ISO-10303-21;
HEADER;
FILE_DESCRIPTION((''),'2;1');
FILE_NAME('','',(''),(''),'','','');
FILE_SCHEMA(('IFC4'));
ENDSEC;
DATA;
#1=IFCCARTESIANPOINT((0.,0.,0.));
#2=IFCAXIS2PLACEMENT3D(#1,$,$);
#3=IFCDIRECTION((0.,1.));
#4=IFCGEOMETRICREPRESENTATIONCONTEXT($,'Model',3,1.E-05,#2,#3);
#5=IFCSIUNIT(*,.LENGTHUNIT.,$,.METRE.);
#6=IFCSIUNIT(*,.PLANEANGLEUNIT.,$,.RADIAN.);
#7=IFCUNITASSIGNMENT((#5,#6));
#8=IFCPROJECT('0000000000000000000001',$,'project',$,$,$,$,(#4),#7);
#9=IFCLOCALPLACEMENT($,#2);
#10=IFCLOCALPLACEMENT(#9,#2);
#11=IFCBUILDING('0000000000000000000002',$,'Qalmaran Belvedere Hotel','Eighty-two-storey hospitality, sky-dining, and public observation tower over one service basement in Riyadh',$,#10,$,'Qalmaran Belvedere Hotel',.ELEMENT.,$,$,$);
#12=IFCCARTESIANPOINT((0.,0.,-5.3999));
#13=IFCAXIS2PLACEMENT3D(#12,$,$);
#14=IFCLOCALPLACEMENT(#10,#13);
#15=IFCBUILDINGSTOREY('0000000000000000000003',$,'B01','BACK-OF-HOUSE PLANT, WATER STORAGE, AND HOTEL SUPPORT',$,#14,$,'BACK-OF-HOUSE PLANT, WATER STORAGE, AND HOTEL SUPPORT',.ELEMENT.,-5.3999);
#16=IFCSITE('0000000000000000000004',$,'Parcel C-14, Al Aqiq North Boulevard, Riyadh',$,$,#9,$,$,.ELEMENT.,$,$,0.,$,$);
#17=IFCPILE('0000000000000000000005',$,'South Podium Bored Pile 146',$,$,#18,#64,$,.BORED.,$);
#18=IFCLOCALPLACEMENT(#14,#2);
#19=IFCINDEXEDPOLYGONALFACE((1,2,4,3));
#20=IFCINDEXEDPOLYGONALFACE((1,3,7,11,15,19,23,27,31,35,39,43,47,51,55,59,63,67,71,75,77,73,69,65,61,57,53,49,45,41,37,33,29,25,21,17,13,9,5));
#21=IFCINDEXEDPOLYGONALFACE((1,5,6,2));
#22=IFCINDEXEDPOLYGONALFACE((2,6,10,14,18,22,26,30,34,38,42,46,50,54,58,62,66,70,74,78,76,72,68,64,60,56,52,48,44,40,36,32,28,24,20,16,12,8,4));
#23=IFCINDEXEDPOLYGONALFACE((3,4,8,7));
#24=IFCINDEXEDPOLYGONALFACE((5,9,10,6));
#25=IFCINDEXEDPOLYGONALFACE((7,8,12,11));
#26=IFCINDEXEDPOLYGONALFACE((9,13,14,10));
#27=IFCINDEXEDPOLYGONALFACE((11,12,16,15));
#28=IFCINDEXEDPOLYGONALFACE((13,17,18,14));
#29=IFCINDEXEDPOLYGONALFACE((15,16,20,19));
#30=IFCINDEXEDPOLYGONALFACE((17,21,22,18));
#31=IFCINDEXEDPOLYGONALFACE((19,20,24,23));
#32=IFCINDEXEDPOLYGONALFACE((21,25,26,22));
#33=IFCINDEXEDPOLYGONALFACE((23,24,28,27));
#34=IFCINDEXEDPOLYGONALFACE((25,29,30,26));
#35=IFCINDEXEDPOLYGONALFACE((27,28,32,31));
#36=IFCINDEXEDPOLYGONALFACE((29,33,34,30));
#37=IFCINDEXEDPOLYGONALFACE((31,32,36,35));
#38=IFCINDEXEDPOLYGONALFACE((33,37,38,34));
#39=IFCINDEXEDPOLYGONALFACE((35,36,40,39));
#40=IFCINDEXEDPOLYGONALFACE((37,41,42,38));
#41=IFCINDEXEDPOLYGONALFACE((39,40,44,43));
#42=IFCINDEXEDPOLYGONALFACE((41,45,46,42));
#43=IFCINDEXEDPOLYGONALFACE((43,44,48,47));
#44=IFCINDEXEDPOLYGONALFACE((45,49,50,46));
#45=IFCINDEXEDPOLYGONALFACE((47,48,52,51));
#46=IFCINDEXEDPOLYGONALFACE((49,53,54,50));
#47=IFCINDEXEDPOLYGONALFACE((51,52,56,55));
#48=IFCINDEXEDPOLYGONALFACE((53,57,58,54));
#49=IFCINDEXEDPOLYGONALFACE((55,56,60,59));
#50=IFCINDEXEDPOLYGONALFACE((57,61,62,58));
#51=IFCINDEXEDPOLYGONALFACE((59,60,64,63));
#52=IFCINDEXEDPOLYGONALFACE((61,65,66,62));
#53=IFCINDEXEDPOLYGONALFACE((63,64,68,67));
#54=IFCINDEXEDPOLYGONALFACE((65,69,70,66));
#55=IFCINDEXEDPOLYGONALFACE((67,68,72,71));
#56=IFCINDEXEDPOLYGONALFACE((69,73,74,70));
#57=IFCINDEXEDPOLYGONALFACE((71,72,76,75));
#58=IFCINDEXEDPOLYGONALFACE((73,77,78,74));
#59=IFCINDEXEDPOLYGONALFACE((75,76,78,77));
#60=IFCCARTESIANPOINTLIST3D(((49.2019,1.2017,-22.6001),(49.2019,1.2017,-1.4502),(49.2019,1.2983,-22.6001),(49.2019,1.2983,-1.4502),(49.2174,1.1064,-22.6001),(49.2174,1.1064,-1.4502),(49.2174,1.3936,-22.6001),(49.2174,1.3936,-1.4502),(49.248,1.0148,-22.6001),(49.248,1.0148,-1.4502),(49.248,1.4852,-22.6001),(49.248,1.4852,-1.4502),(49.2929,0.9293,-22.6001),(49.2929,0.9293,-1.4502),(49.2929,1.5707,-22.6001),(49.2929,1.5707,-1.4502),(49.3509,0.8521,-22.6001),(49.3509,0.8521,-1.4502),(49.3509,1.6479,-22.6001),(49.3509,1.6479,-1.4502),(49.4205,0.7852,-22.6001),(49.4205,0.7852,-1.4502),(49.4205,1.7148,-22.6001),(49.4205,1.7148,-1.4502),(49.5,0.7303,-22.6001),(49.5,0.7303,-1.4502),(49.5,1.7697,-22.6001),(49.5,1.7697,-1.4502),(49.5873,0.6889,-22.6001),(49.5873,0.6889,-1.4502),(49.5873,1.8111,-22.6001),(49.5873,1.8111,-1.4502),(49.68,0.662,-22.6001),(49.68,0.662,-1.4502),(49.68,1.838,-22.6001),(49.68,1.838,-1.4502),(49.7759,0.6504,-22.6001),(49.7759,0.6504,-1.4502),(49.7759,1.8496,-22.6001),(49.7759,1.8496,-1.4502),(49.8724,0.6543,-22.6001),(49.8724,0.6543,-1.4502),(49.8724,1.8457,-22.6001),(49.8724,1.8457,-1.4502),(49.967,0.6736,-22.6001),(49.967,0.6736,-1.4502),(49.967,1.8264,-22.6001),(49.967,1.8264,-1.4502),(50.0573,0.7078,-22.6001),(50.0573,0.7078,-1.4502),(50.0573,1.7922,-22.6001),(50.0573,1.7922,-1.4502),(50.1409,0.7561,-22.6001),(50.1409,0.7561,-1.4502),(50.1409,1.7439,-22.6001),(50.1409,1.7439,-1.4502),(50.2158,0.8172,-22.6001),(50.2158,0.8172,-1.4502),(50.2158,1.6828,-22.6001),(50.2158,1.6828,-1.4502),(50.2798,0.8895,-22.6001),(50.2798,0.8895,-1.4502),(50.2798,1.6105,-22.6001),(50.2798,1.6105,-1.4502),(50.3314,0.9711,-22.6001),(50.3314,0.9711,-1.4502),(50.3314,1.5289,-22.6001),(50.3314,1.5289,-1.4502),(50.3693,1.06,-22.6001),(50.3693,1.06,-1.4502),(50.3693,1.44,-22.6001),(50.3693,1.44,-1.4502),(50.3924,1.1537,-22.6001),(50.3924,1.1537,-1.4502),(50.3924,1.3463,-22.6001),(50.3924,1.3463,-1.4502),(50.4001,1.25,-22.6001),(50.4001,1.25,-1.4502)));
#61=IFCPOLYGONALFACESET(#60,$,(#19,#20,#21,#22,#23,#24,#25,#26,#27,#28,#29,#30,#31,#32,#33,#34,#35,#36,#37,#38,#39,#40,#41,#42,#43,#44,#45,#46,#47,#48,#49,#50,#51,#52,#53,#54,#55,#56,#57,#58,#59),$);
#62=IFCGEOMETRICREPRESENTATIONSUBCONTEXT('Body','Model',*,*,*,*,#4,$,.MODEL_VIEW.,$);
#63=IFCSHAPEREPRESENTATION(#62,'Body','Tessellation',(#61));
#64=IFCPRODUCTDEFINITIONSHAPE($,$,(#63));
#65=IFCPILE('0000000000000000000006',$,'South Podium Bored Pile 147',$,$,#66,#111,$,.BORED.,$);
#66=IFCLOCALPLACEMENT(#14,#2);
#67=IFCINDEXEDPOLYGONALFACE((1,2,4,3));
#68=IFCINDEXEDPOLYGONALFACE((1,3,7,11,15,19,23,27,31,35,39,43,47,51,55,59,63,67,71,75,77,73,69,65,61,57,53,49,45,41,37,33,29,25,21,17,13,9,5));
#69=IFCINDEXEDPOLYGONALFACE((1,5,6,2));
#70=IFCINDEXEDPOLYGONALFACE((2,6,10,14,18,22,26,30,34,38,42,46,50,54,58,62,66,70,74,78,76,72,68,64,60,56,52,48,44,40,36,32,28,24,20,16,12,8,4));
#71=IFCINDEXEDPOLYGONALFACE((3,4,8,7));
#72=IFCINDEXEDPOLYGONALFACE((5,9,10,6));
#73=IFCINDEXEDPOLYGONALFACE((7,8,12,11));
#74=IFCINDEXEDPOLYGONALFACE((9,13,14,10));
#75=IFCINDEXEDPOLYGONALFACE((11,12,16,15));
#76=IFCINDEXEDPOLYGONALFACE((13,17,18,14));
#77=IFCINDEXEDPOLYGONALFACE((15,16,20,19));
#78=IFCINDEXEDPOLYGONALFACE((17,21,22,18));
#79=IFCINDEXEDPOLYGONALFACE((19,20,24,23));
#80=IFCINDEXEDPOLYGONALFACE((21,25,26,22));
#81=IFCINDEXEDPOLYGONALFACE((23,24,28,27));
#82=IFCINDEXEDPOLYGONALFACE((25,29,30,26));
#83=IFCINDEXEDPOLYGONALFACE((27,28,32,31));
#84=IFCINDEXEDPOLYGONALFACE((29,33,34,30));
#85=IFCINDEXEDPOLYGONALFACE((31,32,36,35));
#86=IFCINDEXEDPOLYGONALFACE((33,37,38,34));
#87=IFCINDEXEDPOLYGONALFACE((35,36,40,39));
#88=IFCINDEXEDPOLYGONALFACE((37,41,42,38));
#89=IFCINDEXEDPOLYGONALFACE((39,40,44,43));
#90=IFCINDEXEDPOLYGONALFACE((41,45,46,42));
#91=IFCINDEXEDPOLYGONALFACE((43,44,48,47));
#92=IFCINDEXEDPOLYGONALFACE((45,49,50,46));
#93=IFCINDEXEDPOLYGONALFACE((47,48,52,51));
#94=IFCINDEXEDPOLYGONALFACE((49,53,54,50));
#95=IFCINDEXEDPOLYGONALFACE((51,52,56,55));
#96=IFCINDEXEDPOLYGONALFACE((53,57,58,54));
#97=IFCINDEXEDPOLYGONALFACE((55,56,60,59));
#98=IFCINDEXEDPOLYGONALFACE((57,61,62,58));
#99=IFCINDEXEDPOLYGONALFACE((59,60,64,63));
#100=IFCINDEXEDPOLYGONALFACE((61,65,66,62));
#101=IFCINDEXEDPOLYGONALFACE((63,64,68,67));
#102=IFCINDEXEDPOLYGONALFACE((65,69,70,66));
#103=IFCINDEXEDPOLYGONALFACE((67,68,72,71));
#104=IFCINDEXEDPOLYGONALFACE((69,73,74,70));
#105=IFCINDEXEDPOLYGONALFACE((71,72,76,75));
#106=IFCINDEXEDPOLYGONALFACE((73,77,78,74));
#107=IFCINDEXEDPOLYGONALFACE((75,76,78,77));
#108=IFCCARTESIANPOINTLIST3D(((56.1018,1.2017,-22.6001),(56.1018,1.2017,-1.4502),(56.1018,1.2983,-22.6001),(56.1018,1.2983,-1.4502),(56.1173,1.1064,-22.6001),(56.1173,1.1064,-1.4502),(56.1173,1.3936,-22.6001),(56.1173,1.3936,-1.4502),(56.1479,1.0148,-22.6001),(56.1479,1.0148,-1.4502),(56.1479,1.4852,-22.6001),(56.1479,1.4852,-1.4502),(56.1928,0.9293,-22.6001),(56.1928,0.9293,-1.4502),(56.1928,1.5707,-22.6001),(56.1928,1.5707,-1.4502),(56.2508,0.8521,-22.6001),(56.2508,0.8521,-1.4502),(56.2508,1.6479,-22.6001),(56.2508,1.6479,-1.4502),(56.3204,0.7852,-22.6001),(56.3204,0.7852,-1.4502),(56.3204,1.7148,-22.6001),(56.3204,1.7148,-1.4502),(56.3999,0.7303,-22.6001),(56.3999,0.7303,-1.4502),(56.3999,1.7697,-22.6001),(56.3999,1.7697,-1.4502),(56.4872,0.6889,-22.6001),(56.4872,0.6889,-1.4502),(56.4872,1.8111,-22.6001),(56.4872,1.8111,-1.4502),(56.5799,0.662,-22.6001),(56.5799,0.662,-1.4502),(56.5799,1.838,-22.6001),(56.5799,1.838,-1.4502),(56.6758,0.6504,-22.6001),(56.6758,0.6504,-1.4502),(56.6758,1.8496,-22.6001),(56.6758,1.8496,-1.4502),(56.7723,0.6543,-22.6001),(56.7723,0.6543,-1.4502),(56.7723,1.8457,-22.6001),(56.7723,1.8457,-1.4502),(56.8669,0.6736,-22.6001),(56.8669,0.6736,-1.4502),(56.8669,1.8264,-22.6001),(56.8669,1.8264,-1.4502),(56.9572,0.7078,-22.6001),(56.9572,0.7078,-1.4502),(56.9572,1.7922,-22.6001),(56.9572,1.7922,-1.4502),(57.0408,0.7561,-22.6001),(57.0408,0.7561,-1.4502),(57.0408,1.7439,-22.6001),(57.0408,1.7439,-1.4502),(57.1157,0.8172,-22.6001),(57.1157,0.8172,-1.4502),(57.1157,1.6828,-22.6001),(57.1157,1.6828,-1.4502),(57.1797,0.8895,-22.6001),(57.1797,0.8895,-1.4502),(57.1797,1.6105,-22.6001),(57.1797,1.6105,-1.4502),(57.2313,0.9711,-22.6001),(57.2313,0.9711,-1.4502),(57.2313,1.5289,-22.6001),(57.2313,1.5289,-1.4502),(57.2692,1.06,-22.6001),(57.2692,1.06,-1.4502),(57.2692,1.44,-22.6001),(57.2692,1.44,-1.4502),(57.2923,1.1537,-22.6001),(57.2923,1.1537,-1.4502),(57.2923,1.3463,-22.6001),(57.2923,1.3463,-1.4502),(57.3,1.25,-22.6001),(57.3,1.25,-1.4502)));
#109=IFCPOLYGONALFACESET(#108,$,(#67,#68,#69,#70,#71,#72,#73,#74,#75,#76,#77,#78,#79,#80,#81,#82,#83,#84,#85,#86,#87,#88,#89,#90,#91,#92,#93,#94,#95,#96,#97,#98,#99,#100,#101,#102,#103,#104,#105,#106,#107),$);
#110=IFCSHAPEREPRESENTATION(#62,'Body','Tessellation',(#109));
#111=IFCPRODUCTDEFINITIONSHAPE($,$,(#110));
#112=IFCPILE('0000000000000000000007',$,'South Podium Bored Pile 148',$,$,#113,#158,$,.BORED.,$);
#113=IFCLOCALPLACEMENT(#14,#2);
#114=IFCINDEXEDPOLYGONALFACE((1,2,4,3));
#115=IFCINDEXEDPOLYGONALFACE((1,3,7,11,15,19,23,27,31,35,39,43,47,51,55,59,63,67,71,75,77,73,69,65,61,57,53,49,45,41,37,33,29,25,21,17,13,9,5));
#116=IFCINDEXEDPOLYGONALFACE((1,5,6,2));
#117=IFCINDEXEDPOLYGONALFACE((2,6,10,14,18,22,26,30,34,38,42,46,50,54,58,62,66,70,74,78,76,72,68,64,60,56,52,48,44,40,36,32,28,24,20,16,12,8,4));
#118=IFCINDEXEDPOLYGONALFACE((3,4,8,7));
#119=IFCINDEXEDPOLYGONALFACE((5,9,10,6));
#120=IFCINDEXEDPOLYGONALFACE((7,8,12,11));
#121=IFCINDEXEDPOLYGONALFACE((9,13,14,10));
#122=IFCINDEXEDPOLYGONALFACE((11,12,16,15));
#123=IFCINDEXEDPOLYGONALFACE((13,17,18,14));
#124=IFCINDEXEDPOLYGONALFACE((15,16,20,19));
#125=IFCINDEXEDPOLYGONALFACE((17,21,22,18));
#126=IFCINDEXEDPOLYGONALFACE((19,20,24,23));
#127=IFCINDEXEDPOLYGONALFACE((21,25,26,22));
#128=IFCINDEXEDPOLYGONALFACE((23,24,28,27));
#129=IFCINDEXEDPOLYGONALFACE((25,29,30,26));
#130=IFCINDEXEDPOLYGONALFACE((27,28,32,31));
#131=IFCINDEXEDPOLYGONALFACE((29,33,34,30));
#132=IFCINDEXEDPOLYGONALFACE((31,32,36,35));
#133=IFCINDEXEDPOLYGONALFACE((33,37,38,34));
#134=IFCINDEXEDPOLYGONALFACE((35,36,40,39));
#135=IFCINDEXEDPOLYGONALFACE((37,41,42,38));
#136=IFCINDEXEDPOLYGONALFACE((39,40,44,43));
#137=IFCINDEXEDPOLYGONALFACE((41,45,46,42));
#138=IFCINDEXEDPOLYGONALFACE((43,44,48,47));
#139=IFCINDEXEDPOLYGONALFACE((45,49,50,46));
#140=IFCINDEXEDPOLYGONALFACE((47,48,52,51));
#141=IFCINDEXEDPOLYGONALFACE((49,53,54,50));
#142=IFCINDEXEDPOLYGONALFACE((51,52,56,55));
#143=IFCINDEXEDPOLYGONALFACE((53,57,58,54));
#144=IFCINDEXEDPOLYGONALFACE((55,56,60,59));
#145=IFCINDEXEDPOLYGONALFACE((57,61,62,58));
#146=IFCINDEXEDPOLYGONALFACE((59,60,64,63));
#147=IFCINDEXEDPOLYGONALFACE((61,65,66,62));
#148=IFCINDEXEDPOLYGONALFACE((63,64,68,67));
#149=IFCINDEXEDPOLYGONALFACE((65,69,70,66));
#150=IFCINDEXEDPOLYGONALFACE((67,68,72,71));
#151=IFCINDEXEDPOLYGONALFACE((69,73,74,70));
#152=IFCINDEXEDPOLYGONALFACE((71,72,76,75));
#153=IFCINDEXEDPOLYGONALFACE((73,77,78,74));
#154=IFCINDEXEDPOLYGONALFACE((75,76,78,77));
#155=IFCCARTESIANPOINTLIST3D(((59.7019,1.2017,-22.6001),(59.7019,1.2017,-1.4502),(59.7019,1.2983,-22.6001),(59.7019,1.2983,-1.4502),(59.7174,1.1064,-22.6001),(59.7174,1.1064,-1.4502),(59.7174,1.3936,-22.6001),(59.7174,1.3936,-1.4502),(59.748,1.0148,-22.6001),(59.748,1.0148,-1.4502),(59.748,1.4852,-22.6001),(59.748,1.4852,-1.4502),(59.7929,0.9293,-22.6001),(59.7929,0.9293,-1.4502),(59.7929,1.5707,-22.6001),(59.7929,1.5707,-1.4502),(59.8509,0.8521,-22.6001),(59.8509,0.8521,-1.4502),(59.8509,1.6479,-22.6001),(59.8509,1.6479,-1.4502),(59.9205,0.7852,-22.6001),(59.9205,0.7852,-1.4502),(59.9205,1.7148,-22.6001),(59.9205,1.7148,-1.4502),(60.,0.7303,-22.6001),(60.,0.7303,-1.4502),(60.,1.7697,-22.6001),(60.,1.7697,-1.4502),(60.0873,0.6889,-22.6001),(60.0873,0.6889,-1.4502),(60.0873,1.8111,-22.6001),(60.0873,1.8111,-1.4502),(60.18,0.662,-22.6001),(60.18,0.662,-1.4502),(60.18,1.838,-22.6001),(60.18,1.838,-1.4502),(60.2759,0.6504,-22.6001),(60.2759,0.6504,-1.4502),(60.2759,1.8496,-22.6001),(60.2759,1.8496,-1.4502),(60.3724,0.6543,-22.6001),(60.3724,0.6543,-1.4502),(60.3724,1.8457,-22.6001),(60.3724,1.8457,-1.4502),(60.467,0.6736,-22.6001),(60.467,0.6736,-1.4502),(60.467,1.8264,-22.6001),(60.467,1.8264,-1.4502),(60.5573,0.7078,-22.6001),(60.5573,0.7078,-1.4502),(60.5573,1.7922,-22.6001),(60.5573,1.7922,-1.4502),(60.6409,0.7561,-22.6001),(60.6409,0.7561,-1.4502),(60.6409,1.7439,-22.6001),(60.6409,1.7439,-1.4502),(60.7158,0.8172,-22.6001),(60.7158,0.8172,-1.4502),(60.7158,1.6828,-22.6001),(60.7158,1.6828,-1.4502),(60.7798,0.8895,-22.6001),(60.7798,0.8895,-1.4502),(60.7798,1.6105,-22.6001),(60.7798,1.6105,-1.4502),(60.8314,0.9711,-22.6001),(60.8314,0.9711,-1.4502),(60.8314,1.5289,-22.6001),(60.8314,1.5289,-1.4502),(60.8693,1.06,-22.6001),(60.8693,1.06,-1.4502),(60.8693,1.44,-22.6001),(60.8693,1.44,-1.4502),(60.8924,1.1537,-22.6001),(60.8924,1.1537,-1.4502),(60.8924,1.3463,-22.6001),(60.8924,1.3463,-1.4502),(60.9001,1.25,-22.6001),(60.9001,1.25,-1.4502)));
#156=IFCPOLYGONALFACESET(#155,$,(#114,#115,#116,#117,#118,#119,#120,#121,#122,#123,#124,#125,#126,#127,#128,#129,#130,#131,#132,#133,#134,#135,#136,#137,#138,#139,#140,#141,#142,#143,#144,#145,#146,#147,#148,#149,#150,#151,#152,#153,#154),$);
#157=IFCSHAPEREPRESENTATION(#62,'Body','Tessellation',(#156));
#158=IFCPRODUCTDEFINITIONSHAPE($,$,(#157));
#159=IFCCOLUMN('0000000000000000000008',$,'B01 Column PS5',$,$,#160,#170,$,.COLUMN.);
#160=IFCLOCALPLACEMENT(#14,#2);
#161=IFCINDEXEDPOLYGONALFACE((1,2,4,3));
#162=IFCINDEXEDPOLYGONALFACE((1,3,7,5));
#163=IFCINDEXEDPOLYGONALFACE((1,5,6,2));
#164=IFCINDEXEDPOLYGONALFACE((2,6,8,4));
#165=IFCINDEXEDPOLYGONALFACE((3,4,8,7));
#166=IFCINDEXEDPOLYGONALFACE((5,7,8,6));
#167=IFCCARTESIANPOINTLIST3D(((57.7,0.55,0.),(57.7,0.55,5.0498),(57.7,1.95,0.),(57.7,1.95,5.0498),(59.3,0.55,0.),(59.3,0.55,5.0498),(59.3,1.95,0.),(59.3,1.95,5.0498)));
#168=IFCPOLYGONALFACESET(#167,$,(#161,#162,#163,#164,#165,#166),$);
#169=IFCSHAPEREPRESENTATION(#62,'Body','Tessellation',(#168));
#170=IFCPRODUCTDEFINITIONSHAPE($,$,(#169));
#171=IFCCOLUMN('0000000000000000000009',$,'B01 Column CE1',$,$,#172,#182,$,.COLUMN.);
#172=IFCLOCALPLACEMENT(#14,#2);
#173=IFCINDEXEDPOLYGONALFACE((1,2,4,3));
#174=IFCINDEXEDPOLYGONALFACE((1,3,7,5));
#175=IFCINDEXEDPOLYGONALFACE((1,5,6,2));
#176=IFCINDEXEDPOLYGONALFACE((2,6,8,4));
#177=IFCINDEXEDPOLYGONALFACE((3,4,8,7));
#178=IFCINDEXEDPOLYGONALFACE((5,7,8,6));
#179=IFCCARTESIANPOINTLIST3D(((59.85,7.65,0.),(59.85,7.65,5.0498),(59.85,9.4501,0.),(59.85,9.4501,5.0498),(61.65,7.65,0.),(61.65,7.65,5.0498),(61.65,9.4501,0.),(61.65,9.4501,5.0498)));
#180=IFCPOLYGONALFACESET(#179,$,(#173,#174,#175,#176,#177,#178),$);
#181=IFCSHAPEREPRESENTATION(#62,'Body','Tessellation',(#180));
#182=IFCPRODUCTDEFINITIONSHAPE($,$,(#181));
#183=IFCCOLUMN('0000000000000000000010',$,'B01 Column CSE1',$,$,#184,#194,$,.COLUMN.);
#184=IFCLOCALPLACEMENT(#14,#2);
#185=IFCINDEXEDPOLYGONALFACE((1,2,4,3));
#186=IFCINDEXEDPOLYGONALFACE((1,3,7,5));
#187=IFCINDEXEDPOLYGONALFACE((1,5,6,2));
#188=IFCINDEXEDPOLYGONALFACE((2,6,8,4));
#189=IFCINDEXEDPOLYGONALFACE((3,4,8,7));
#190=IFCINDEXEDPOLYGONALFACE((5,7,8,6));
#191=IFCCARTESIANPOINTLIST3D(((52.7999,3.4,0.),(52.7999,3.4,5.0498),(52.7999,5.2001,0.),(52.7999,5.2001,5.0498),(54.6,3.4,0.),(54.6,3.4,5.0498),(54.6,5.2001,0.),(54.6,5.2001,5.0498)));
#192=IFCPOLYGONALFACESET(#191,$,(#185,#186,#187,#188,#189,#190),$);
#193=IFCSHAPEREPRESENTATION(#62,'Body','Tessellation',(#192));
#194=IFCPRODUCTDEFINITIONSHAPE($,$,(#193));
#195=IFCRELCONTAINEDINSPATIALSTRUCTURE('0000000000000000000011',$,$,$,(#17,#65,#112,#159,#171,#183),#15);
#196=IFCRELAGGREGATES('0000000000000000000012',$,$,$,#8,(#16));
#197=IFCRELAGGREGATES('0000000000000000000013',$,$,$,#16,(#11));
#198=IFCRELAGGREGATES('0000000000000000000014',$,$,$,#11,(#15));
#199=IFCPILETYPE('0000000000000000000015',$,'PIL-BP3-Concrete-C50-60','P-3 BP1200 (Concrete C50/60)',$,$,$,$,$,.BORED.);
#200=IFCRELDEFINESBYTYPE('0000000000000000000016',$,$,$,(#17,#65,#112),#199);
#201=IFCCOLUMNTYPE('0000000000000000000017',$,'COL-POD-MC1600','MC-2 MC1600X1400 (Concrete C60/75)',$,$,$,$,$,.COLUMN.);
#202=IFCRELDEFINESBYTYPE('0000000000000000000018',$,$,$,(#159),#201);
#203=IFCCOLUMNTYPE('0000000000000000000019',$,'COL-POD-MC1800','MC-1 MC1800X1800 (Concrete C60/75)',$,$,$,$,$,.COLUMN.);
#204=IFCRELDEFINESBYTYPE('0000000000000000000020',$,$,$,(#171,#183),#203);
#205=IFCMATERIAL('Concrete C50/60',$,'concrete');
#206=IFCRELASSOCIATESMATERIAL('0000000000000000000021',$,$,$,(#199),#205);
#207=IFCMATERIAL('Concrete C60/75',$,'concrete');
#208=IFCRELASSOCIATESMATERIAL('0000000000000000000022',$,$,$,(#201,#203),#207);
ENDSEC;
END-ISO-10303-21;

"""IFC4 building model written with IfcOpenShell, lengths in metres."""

from ifc_helpers import new_model, si_unit, direction, frame, origin, origin_2d, place, context, subcontext, project, spatial, rectangle, circle, extrude, material, material_profile, profile_set, type_object, element, save


model = new_model("IFC4")

# Units and contexts
model_context = context("Model", 3, precision=1e-05, world=origin(), true_north=direction((0.0, 1.0)))
body_context = subcontext(model_context, "Body", "Model", "MODEL_VIEW")
ifc_project = project(units=[si_unit("LENGTHUNIT", "METRE"), si_unit("PLANEANGLEUNIT", "RADIAN")], contexts=[model_context])

# Site, building, storey
site_placement = place(None, origin())
site = spatial("IfcSite", under=ifc_project, at=site_placement, Name="Parcel C-14, Al Aqiq North Boulevard, Riyadh", CompositionType="ELEMENT", RefElevation=0.0)
building_placement = place(site_placement, origin())
building = spatial("IfcBuilding", under=site, at=building_placement, Name="Qalmaran Belvedere Hotel", Description="Eighty-two-storey hospitality, sky-dining, and public observation tower over one service basement in Riyadh", LongName="Qalmaran Belvedere Hotel", CompositionType="ELEMENT")
storey_placement = place(building_placement, frame((0.0, 0.0, -5.3999)))
storey = spatial("IfcBuildingStorey", under=building, at=storey_placement, Name="B01", Description="BACK-OF-HOUSE PLANT, WATER STORAGE, AND HOTEL SUPPORT", LongName="BACK-OF-HOUSE PLANT, WATER STORAGE, AND HOTEL SUPPORT", CompositionType="ELEMENT", Elevation=-5.3999)

# Shared definitions
ifc_material_1 = material(Name="Concrete C50/60", Category="concrete")

# Piles
ifc_material_profile_1 = material_profile(ifc_material_1, circle(Radius=0.6001, at=origin_2d()), Name="BP1200")
ifc_profile_set_1 = profile_set([ifc_material_profile_1], Name="Concrete C50/60")
pile_type_1 = type_object("IfcPileType", Name="PIL-BP3-Concrete-C50-60", Description="P-3 BP1200 (Concrete C50/60)", PredefinedType="BORED", material=ifc_profile_set_1)
for number, where, z_axis, x_axis, name in (
    (1, (49.8, 1.25, -1.4502), (0.0, 0.0, -1.0), (1.0, 0.0, 0.0), "South Podium Bored Pile 146"),
    (2, (56.7, 1.25, -1.4502), (0.0, 0.0, -1.0), (1.0, 0.0, 0.0), "South Podium Bored Pile 147"),
    (3, (60.3, 1.25, -1.4502), (0.0, 0.0, -1.0), (1.0, 0.0, 0.0), "South Podium Bored Pile 148"),
):
    element("IfcPile", number, at=place(storey_placement, frame(where, z_axis=z_axis, x_axis=x_axis)), inside=storey, type_object=pile_type_1, Name=name, PredefinedType="BORED", context=body_context, shape_type="SweptSolid", body=[
        extrude(circle(Radius=0.6001, at=origin_2d()), origin(), (0.0, 0.0, 1.0), 21.1499),
    ])

# Columns
ifc_material_2 = material(Name="Concrete C60/75", Category="concrete")
ifc_material_profile_2 = material_profile(ifc_material_2, rectangle(XDim=1.6001, YDim=1.3999, at=origin_2d()), Name="MC1600X1400")
ifc_profile_set_2 = profile_set([ifc_material_profile_2], Name="Concrete C60/75")
column_type_1 = type_object("IfcColumnType", Name="COL-POD-MC1600", Description="MC-2 MC1600X1400 (Concrete C60/75)", PredefinedType="COLUMN", material=ifc_profile_set_2)
column_placement = place(storey_placement, frame((58.5, 1.25, 0.0), z_axis=(0.0, 0.0, 1.0), x_axis=(1.0, 0.0, 0.0)))
element("IfcColumn", 4, at=column_placement, inside=storey, type_object=column_type_1, Name="B01 Column PS5", PredefinedType="COLUMN", context=body_context, shape_type="SweptSolid", body=[
    extrude(rectangle(XDim=1.6001, YDim=1.3999, at=origin_2d()), origin(), (0.0, 0.0, 1.0), 5.0498),
])
ifc_material_profile_3 = material_profile(ifc_material_2, rectangle(XDim=1.8, YDim=1.8, at=origin_2d()), Name="MC1800X1800")
ifc_profile_set_3 = profile_set([ifc_material_profile_3], Name="Concrete C60/75")
column_type_2 = type_object("IfcColumnType", Name="COL-POD-MC1800", Description="MC-1 MC1800X1800 (Concrete C60/75)", PredefinedType="COLUMN", material=ifc_profile_set_3)
for number, where, z_axis, x_axis, name in (
    (5, (60.75, 8.55, 0.0), (0.0, 0.0, 1.0), (1.0, 0.0, 0.0), "B01 Column CE1"),
    (6, (53.7, 4.3, 0.0), (0.0, 0.0, 1.0), (1.0, 0.0, 0.0), "B01 Column CSE1"),
):
    element("IfcColumn", number, at=place(storey_placement, frame(where, z_axis=z_axis, x_axis=x_axis)), inside=storey, type_object=column_type_2, Name=name, PredefinedType="COLUMN", context=body_context, shape_type="SweptSolid", body=[
        extrude(rectangle(XDim=1.8, YDim=1.8, at=origin_2d()), origin(), (0.0, 0.0, 1.0), 5.0498),
    ])

save(model, "model.ifc")
